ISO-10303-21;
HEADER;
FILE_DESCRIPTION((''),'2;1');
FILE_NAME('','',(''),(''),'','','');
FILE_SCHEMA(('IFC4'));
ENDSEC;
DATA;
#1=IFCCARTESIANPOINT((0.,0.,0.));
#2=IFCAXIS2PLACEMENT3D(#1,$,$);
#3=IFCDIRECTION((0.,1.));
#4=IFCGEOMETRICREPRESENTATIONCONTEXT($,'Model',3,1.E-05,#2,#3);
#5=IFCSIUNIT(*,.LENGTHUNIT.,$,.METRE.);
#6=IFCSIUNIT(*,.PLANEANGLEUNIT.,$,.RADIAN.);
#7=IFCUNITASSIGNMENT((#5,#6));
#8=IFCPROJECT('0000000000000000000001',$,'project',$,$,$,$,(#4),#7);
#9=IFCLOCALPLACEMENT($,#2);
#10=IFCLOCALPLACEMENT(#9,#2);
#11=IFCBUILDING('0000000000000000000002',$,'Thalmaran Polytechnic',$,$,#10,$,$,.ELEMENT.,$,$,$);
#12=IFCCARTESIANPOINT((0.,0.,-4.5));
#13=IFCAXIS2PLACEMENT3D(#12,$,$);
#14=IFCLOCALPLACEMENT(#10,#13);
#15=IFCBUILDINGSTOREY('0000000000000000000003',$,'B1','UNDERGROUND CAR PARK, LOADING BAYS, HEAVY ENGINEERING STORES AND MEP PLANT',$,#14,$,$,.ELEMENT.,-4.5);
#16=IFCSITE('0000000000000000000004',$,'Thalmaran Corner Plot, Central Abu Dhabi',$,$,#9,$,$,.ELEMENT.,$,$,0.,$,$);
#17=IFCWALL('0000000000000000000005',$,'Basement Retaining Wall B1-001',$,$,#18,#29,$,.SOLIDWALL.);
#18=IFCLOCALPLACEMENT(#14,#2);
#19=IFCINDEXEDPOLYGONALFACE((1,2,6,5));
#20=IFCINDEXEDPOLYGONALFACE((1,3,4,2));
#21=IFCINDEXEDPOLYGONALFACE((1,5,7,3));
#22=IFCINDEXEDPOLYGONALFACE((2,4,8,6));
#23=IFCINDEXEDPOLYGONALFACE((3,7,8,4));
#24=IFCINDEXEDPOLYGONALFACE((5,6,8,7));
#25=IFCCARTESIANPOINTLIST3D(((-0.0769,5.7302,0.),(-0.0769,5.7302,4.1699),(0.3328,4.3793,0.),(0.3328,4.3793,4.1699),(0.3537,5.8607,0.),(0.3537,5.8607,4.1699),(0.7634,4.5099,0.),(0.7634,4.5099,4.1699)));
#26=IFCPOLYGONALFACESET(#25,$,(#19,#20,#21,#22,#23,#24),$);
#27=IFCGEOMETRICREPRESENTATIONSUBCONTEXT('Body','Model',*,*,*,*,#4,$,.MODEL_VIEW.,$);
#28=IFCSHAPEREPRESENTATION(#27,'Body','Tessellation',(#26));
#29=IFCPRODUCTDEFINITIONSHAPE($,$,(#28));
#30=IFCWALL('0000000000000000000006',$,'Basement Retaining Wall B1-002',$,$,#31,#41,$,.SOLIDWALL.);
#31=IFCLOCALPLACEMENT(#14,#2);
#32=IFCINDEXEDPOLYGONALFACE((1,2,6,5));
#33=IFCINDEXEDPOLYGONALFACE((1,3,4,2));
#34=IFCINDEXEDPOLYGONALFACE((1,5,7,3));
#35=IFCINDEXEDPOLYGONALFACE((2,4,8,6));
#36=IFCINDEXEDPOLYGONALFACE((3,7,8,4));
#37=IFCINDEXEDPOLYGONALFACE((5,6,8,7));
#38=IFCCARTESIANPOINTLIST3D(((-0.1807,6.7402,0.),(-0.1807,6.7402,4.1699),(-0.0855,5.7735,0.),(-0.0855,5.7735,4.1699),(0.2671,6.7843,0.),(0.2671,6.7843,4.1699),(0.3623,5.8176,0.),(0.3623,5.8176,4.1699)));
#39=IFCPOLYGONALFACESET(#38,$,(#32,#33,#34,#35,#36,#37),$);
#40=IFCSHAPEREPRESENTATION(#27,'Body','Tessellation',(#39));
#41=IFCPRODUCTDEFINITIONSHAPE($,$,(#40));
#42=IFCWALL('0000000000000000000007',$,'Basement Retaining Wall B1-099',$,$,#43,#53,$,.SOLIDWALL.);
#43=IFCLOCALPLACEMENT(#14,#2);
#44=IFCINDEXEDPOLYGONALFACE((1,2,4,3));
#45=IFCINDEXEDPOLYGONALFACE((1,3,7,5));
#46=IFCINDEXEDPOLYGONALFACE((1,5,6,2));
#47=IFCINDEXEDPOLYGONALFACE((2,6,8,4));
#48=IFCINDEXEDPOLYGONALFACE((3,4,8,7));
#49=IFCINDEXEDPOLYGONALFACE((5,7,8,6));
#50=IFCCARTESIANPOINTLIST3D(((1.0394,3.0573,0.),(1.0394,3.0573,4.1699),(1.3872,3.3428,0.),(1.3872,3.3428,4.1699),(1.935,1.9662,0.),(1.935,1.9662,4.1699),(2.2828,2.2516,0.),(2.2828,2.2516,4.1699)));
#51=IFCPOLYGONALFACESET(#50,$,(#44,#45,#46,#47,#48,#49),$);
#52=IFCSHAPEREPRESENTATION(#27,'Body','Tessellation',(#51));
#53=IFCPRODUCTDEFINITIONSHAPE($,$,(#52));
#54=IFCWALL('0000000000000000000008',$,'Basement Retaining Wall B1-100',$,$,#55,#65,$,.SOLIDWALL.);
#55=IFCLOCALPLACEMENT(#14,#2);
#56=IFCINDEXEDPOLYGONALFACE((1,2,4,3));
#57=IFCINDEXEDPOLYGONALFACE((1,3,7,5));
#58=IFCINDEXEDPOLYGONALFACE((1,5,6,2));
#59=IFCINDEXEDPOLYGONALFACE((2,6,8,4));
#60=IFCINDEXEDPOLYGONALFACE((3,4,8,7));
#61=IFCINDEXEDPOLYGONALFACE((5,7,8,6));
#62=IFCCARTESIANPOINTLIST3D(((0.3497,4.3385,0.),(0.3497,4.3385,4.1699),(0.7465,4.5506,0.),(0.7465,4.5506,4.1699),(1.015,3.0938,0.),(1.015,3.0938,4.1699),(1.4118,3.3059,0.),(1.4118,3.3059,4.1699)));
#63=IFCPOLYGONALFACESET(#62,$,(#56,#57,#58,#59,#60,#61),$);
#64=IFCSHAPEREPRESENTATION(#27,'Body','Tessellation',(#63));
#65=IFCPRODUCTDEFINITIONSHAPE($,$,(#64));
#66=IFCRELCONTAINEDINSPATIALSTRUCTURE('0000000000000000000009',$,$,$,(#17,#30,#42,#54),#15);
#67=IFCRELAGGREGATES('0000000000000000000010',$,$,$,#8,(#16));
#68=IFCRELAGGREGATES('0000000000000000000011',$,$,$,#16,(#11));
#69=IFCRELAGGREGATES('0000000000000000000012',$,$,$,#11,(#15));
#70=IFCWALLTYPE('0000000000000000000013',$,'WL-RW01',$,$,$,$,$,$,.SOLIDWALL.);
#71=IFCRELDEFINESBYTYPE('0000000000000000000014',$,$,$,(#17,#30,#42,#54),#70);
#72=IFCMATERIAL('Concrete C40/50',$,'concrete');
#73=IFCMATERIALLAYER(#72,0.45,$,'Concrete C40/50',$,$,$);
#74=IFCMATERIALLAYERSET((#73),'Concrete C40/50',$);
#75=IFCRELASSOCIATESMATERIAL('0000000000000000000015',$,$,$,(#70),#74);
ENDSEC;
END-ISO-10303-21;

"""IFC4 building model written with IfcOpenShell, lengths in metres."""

from ifc_helpers import new_model, si_unit, direction, frame, frame_2d, origin, place, context, subcontext, project, spatial, rectangle, extrude, material, layer, layer_set, type_object, element, save


model = new_model("IFC4")

# Units and contexts
model_context = context("Model", 3, precision=1e-05, world=origin(), true_north=direction((0.0, 1.0)))
body_context = subcontext(model_context, "Body", "Model", "MODEL_VIEW")
ifc_project = project(units=[si_unit("LENGTHUNIT", "METRE"), si_unit("PLANEANGLEUNIT", "RADIAN")], contexts=[model_context])

# Site, building, storey
site_placement = place(None, origin())
site = spatial("IfcSite", under=ifc_project, at=site_placement, Name="Thalmaran Corner Plot, Central Abu Dhabi", CompositionType="ELEMENT", RefElevation=0.0)
building_placement = place(site_placement, origin())
building = spatial("IfcBuilding", under=site, at=building_placement, Name="Thalmaran Polytechnic", CompositionType="ELEMENT")
storey_placement = place(building_placement, frame((0.0, 0.0, -4.5)))
storey = spatial("IfcBuildingStorey", under=building, at=storey_placement, Name="B1", Description="UNDERGROUND CAR PARK, LOADING BAYS, HEAVY ENGINEERING STORES AND MEP PLANT", CompositionType="ELEMENT", Elevation=-4.5)

# Shared definitions
ifc_material_1 = material(Name="Concrete C40/50", Category="concrete")

# Walls
ifc_layer_1 = layer(ifc_material_1, 0.45, Name="Concrete C40/50")
ifc_layer_set_1 = layer_set([ifc_layer_1], Name="Concrete C40/50")
wall_type = type_object("IfcWallType", Name="WL-RW01", PredefinedType="SOLIDWALL", material=ifc_layer_set_1)
wall_1_placement = place(storey_placement, frame((0.5481, 4.4446, 0.0), z_axis=(0.0, 0.0, 1.0), x_axis=(-0.290219, 0.95696, 0.0)))
element("IfcWall", 1, at=wall_1_placement, inside=storey, type_object=wall_type, Name="Basement Retaining Wall B1-001", PredefinedType="SOLIDWALL", context=body_context, shape_type="SweptSolid", body=[
    extrude(rectangle(XDim=1.4116, YDim=0.45, at=frame_2d((0.7058, 0.0))), origin(), (0.0, 0.0, 1.0), 4.1699),
])
wall_2_placement = place(storey_placement, frame((0.1384, 5.7954, 0.0), z_axis=(0.0, 0.0, 1.0), x_axis=(-0.098011, 0.995185, 0.0)))
element("IfcWall", 2, at=wall_2_placement, inside=storey, type_object=wall_type, Name="Basement Retaining Wall B1-002", PredefinedType="SOLIDWALL", context=body_context, shape_type="SweptSolid", body=[
    extrude(rectangle(XDim=0.9714, YDim=0.45, at=frame_2d((0.4858, 0.0))), origin(), (0.0, 0.0, 1.0), 4.1699),
])
wall_3_placement = place(storey_placement, frame((2.1089, 2.1089, 0.0), z_axis=(0.0, 0.0, 1.0), x_axis=(-0.634433, 0.772978, 0.0)))
element("IfcWall", 3, at=wall_3_placement, inside=storey, type_object=wall_type, Name="Basement Retaining Wall B1-099", PredefinedType="SOLIDWALL", context=body_context, shape_type="SweptSolid", body=[
    extrude(rectangle(XDim=1.4116, YDim=0.45, at=frame_2d((0.7058, 0.0))), origin(), (0.0, 0.0, 1.0), 4.1699),
])
wall_4_placement = place(storey_placement, frame((1.2134, 3.2, 0.0), z_axis=(0.0, 0.0, 1.0), x_axis=(-0.471405, 0.881917, 0.0)))
element("IfcWall", 4, at=wall_4_placement, inside=storey, type_object=wall_type, Name="Basement Retaining Wall B1-100", PredefinedType="SOLIDWALL", context=body_context, shape_type="SweptSolid", body=[
    extrude(rectangle(XDim=1.4114, YDim=0.45, at=frame_2d((0.7056, 0.0))), origin(), (0.0, 0.0, 1.0), 4.1699),
])

save(model, "model.ifc")
